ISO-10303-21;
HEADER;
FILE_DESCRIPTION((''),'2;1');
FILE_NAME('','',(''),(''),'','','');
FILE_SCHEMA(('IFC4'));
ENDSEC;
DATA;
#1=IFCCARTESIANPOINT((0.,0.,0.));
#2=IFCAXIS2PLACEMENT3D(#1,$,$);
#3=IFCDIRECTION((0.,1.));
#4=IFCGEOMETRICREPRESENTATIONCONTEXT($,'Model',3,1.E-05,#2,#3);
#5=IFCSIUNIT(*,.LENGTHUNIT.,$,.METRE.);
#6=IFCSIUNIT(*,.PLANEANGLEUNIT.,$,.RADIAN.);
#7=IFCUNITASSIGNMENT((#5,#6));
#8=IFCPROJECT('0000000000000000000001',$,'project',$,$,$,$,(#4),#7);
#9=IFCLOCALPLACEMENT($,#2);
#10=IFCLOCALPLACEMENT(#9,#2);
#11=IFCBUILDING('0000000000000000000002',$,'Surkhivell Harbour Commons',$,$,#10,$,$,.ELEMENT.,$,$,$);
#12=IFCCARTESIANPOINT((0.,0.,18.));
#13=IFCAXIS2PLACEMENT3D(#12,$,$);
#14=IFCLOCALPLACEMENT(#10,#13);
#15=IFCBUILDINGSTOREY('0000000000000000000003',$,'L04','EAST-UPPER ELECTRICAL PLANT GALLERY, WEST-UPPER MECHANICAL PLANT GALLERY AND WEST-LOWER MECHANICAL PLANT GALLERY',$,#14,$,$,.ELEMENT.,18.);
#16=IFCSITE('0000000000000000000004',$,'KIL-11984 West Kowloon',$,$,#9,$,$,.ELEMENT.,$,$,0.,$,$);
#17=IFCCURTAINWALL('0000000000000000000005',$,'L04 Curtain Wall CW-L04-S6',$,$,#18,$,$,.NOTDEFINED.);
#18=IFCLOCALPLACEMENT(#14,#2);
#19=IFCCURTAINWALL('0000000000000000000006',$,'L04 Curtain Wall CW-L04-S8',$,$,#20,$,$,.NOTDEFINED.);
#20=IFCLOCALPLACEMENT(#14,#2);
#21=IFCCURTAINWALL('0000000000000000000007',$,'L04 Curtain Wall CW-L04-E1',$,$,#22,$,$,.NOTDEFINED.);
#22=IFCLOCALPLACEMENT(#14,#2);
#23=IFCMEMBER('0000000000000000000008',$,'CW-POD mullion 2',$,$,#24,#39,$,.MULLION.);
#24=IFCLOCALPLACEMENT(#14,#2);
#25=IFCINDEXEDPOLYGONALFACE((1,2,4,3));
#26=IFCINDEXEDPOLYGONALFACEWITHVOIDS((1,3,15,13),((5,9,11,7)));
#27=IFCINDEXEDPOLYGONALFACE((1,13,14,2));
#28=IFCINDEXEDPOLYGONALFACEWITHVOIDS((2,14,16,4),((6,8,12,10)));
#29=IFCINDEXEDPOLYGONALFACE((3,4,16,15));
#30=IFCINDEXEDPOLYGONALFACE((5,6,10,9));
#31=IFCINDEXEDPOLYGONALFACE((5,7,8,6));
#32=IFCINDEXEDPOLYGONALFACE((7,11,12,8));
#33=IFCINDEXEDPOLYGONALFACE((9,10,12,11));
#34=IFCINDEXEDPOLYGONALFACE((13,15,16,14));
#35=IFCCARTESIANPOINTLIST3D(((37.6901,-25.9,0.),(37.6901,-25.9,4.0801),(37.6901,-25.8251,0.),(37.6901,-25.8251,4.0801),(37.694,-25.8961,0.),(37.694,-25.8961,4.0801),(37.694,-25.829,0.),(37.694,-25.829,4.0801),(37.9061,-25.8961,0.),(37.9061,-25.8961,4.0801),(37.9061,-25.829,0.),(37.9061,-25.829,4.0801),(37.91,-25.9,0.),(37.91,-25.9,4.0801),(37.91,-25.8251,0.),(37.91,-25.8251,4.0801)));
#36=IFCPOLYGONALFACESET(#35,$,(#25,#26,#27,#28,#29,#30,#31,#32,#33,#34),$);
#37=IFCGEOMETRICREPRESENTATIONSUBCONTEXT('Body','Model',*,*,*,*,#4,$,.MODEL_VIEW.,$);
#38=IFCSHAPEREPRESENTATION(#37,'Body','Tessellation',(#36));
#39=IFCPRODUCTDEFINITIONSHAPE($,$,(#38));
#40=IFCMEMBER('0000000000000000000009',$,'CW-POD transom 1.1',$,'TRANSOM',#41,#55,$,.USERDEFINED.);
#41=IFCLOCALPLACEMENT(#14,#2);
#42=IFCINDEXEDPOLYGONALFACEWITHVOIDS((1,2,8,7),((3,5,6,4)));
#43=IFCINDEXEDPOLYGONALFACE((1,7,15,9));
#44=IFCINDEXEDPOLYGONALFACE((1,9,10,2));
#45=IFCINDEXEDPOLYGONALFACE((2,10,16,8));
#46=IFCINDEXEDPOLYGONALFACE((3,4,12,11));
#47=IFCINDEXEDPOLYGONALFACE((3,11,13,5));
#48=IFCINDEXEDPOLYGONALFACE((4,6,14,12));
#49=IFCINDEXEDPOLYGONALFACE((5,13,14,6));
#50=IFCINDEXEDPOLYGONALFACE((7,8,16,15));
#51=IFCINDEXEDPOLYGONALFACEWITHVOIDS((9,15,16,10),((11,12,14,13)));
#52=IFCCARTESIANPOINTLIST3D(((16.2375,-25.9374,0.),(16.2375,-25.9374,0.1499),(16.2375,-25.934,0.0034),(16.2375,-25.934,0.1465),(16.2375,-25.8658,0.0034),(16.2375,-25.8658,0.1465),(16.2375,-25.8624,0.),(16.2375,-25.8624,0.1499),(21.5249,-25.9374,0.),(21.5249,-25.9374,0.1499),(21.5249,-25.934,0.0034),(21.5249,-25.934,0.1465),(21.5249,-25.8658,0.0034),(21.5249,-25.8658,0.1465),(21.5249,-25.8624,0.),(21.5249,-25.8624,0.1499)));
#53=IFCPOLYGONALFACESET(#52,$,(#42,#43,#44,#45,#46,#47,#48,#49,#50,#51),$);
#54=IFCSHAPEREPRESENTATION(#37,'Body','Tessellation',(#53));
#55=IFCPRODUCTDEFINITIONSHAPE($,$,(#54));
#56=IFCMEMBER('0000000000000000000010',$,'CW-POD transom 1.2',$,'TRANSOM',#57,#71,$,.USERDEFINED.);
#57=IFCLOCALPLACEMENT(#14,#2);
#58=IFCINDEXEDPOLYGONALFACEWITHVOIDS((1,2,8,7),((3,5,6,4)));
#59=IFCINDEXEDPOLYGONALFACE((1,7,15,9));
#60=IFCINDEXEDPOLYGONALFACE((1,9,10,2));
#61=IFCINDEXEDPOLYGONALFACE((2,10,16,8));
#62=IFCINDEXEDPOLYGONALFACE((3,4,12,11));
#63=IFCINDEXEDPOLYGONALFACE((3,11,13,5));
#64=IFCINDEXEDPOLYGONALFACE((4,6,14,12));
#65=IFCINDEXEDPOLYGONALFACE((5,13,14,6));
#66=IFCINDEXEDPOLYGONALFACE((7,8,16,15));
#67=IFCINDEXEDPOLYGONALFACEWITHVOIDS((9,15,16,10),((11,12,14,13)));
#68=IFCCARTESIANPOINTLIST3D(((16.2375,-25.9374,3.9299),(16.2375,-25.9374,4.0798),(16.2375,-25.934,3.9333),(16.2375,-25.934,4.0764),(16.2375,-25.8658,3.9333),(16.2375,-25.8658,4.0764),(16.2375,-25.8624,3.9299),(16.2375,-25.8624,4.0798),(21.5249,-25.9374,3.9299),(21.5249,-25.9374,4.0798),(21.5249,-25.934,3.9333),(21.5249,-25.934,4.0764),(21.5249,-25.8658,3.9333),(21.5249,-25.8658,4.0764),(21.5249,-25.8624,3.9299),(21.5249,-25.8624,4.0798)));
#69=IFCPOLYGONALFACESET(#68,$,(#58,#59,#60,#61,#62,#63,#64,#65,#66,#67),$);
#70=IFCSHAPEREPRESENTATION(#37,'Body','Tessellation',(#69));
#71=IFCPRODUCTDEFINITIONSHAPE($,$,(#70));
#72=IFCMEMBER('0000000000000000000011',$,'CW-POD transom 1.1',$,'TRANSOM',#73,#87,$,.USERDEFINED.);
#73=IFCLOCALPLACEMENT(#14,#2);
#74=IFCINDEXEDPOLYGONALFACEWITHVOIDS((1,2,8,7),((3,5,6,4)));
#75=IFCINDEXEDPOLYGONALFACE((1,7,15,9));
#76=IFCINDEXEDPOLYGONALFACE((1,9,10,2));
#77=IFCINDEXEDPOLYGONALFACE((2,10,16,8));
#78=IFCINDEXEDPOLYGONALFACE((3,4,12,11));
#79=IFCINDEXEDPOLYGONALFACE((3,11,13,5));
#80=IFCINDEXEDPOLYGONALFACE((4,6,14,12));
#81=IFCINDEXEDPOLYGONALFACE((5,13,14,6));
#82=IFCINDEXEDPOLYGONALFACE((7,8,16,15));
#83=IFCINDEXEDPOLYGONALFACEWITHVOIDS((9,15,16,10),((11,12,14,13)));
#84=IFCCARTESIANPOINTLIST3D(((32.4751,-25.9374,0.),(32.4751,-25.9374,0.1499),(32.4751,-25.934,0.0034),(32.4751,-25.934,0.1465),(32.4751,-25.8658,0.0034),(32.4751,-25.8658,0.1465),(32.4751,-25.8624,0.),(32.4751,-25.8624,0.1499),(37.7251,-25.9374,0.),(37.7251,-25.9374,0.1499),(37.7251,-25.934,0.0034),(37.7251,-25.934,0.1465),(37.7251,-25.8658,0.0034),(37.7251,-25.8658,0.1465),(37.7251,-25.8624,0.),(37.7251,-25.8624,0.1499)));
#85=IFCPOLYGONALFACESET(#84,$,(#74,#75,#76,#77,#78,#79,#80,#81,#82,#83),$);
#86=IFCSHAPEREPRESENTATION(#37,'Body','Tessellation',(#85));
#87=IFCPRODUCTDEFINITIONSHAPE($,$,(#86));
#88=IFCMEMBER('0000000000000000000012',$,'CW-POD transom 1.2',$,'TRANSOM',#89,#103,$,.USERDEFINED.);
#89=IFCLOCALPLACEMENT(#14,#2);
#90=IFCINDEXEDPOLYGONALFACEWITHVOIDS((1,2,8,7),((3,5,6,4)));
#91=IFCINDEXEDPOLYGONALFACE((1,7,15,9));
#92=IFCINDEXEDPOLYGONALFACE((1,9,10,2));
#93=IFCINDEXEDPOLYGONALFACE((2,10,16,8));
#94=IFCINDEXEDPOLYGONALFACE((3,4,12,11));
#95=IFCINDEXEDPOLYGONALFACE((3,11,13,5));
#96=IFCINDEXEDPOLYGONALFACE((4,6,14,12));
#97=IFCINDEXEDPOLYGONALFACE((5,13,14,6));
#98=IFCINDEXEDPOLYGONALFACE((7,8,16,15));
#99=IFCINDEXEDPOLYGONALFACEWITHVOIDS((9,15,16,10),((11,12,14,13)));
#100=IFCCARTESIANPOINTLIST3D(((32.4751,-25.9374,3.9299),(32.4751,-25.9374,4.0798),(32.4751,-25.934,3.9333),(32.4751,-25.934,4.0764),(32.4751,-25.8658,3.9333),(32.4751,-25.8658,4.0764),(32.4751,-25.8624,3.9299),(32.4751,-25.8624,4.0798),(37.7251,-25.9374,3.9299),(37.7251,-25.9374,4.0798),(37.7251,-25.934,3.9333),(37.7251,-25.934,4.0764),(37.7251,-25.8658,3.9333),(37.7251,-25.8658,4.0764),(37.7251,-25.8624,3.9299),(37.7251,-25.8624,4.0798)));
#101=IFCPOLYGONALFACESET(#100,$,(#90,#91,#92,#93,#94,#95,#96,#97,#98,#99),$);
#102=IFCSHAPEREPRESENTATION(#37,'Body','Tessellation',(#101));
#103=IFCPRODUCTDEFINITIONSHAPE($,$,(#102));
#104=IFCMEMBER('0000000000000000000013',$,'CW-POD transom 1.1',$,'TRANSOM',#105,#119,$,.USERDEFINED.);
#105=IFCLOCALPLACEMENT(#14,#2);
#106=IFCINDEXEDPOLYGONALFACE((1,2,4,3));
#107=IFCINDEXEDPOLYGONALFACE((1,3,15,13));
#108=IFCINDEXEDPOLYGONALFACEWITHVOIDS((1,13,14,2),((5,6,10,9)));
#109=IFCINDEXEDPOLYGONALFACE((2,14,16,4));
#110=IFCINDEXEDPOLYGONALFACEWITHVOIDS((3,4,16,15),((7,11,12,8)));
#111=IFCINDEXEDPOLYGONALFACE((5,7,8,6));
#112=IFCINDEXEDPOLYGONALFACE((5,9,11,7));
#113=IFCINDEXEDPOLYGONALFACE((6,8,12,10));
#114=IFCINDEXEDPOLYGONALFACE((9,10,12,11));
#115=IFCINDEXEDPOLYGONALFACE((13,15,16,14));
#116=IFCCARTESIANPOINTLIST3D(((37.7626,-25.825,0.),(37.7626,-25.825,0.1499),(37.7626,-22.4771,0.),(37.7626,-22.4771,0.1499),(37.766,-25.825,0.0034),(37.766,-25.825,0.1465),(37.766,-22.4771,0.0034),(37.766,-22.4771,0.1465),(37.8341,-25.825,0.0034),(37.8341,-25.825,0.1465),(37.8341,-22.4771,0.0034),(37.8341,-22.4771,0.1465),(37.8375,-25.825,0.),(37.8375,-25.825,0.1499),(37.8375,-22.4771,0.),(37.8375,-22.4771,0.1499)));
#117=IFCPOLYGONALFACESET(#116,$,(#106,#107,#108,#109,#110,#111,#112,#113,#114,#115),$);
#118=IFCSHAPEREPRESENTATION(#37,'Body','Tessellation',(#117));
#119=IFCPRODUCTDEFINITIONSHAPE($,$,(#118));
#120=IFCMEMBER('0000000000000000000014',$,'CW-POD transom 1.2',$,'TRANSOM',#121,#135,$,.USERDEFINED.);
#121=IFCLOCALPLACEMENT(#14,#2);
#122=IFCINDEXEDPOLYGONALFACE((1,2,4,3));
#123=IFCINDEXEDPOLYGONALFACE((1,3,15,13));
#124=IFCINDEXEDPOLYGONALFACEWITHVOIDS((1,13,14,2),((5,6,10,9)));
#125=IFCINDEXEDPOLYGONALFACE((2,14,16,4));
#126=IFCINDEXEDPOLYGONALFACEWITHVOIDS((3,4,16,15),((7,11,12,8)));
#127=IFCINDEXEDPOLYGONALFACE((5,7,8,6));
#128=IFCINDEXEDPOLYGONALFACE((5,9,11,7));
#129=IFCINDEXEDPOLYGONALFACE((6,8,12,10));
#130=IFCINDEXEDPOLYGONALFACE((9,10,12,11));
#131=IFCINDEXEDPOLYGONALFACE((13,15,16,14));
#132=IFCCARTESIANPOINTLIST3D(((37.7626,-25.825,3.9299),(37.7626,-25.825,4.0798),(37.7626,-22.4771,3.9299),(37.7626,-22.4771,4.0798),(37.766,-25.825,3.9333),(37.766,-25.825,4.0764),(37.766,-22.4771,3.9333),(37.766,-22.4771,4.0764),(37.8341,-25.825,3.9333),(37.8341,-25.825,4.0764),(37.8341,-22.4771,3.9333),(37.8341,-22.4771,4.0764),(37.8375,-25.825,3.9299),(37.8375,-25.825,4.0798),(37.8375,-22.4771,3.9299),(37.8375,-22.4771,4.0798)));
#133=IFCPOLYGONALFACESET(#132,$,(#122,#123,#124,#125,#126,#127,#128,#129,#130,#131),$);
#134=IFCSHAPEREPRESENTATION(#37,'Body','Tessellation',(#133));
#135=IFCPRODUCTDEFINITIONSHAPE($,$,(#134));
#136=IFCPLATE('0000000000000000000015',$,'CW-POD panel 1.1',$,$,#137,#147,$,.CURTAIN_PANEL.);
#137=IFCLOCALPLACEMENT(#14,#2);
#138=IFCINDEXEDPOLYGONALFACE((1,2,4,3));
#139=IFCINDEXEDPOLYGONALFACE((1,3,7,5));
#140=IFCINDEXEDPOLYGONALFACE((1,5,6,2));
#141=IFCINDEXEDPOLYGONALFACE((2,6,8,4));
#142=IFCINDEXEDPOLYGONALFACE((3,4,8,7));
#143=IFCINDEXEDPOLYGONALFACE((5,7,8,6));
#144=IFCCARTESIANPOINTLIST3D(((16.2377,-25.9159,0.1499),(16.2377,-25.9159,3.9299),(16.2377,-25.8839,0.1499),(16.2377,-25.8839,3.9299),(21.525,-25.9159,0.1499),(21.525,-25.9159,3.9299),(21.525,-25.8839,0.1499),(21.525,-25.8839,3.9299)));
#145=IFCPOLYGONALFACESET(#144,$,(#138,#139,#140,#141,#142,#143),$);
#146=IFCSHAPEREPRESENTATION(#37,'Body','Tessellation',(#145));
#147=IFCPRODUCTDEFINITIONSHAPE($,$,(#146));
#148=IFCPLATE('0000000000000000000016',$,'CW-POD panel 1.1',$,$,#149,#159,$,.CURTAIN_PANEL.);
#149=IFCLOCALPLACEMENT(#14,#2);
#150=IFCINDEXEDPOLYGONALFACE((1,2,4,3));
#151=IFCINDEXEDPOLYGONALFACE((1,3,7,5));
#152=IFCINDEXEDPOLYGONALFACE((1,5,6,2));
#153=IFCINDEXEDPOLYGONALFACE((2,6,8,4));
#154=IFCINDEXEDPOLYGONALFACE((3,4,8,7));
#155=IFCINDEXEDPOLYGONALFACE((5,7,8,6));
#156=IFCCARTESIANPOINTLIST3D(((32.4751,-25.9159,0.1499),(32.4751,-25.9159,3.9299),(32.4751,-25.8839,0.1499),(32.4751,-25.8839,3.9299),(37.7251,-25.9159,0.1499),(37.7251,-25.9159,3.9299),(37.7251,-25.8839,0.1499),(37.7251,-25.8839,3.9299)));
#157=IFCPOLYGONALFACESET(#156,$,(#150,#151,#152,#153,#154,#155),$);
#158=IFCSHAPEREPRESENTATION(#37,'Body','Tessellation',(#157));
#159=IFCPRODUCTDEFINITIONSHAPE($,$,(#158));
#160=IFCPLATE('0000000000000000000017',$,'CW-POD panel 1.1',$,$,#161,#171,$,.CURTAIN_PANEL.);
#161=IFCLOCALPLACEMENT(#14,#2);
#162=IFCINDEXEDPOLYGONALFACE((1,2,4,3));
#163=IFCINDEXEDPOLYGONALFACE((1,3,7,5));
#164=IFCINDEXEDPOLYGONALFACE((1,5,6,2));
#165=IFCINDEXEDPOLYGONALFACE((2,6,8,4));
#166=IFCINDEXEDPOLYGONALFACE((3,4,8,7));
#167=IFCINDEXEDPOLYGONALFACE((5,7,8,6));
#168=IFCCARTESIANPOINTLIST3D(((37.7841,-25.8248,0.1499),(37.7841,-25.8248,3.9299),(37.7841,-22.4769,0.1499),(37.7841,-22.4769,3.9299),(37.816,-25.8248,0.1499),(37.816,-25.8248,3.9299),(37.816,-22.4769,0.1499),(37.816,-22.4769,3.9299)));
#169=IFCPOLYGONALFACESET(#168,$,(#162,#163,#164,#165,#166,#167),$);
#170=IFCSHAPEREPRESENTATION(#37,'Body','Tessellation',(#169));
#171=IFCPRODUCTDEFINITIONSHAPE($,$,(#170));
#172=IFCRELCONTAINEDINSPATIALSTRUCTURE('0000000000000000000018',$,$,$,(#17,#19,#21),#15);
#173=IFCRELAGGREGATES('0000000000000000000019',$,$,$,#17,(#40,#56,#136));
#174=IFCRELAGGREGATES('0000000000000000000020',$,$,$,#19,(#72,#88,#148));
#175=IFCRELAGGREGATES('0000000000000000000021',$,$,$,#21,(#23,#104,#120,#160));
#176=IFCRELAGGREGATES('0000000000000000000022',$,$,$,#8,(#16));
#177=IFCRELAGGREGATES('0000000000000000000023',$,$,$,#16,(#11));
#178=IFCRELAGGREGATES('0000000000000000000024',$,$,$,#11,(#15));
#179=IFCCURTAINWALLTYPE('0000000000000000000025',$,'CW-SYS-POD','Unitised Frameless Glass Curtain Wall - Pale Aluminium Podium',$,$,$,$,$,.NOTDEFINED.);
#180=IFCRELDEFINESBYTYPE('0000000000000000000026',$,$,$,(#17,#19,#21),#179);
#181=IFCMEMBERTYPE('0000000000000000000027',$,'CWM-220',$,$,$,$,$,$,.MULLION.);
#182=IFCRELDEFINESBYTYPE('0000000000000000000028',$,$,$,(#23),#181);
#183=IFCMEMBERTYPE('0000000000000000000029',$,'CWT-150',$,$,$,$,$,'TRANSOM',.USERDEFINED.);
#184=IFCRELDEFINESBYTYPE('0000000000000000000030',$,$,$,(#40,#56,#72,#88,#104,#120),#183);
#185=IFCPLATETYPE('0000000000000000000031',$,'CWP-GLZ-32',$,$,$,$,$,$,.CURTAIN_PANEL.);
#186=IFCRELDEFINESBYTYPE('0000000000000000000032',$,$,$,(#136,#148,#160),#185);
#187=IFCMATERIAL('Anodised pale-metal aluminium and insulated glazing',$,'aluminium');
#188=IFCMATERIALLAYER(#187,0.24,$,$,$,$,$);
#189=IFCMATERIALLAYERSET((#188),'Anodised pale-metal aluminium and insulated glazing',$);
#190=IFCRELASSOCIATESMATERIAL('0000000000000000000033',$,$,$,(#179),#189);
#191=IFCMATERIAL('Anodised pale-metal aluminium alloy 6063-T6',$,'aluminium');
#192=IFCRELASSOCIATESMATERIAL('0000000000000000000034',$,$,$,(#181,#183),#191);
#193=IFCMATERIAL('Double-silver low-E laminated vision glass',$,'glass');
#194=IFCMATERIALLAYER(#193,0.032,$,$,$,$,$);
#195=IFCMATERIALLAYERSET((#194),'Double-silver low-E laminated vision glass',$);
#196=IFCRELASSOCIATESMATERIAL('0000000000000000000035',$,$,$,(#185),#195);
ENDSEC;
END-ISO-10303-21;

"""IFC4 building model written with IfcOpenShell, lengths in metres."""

from ifc_helpers import new_model, si_unit, direction, frame, frame_2d, origin, origin_2d, place, context, subcontext, project, spatial, rectangle, hollow_rectangle, extrude, material, layer, layer_set, material_profile, profile_set, type_object, element, aggregate, save


model = new_model("IFC4")

# Units and contexts
model_context = context("Model", 3, precision=1e-05, world=origin(), true_north=direction((0.0, 1.0)))
body_context = subcontext(model_context, "Body", "Model", "MODEL_VIEW")
ifc_project = project(units=[si_unit("LENGTHUNIT", "METRE"), si_unit("PLANEANGLEUNIT", "RADIAN")], contexts=[model_context])

# Site, building, storey
site_placement = place(None, origin())
site = spatial("IfcSite", under=ifc_project, at=site_placement, Name="KIL-11984 West Kowloon", CompositionType="ELEMENT", RefElevation=0.0)
building_placement = place(site_placement, origin())
building = spatial("IfcBuilding", under=site, at=building_placement, Name="Surkhivell Harbour Commons", CompositionType="ELEMENT")
storey_placement = place(building_placement, frame((0.0, 0.0, 18.0)))
storey = spatial("IfcBuildingStorey", under=building, at=storey_placement, Name="L04", Description="EAST-UPPER ELECTRICAL PLANT GALLERY, WEST-UPPER MECHANICAL PLANT GALLERY AND WEST-LOWER MECHANICAL PLANT GALLERY", CompositionType="ELEMENT", Elevation=18.0)

# Curtain walls, member
ifc_material_1 = material(Name="Anodised pale-metal aluminium and insulated glazing", Category="aluminium")
ifc_layer_1 = layer(ifc_material_1, 0.24)
ifc_layer_set_1 = layer_set([ifc_layer_1], Name="Anodised pale-metal aluminium and insulated glazing")
curtain_wall_type = type_object("IfcCurtainWallType", Name="CW-SYS-POD", Description="Unitised Frameless Glass Curtain Wall - Pale Aluminium Podium", PredefinedType="NOTDEFINED", material=ifc_layer_set_1)
curtain_wall_1_placement = place(storey_placement, origin())
curtain_wall_1 = element("IfcCurtainWall", 1, at=curtain_wall_1_placement, inside=storey, type_object=curtain_wall_type, Name="L04 Curtain Wall CW-L04-S6", PredefinedType="NOTDEFINED")
ifc_material_2 = material(Name="Anodised pale-metal aluminium alloy 6063-T6", Category="aluminium")
ifc_material_profile_1 = material_profile(ifc_material_2, hollow_rectangle(XDim=0.075, YDim=0.22, WallThickness=0.0039, at=origin_2d()), Name="ALU-MULL-75x220")
ifc_profile_set_1 = profile_set([ifc_material_profile_1], Name="Anodised pale-metal aluminium alloy 6063-T6")
member_type_1 = type_object("IfcMemberType", Name="CWM-220", PredefinedType="MULLION", material=ifc_profile_set_1)
curtain_wall_2_placement = place(storey_placement, origin())
curtain_wall_2 = element("IfcCurtainWall", 2, at=curtain_wall_2_placement, inside=storey, type_object=curtain_wall_type, Name="L04 Curtain Wall CW-L04-S8", PredefinedType="NOTDEFINED")
curtain_wall_3_placement = place(storey_placement, origin())
curtain_wall_3 = element("IfcCurtainWall", 3, at=curtain_wall_3_placement, inside=storey, type_object=curtain_wall_type, Name="L04 Curtain Wall CW-L04-E1", PredefinedType="NOTDEFINED")
member_1_placement = place(storey_placement, frame((37.8, -25.8625, 0.0), z_axis=(0.0, 0.0, 1.0), x_axis=(0.0, -1.0, 0.0)))
member_1 = element("IfcMember", 4, at=member_1_placement, type_object=member_type_1, Name="CW-POD mullion 2", PredefinedType="MULLION", context=body_context, shape_type="SweptSolid", body=[
    extrude(hollow_rectangle(XDim=0.075, YDim=0.22, WallThickness=0.0039, at=origin_2d()), origin(), (0.0, 0.0, 1.0), 4.0801),
])

# Members
ifc_material_profile_2 = material_profile(ifc_material_2, hollow_rectangle(XDim=0.075, YDim=0.1499, WallThickness=0.0034, at=origin_2d()), Name="ALU-TRAN-75x150")
ifc_profile_set_2 = profile_set([ifc_material_profile_2], Name="Anodised pale-metal aluminium alloy 6063-T6")
member_type_2 = type_object("IfcMemberType", Name="CWT-150", ElementType="TRANSOM", PredefinedType="USERDEFINED", material=ifc_profile_set_2)
member_2_placement = place(storey_placement, frame((21.5249, -25.8999, 0.075), z_axis=(-1.0, 0.0, 0.0), x_axis=(0.0, -1.0, 0.0)))
member_2 = element("IfcMember", 5, at=member_2_placement, type_object=member_type_2, Name="CW-POD transom 1.1", ObjectType="TRANSOM", PredefinedType="USERDEFINED", context=body_context, shape_type="SweptSolid", body=[
    extrude(hollow_rectangle(XDim=0.075, YDim=0.1499, WallThickness=0.0034, at=origin_2d()), origin(), (0.0, 0.0, 1.0), 5.2874),
])
member_3_placement = place(storey_placement, frame((21.5249, -25.8999, 4.0049), z_axis=(-1.0, 0.0, 0.0), x_axis=(0.0, -1.0, 0.0)))
member_3 = element("IfcMember", 6, at=member_3_placement, type_object=member_type_2, Name="CW-POD transom 1.2", ObjectType="TRANSOM", PredefinedType="USERDEFINED", context=body_context, shape_type="SweptSolid", body=[
    extrude(hollow_rectangle(XDim=0.075, YDim=0.1499, WallThickness=0.0034, at=origin_2d()), origin(), (0.0, 0.0, 1.0), 5.2874),
])
member_4_placement = place(storey_placement, frame((37.7251, -25.8999, 0.075), z_axis=(-1.0, 0.0, 0.0), x_axis=(0.0, -1.0, 0.0)))
member_4 = element("IfcMember", 7, at=member_4_placement, type_object=member_type_2, Name="CW-POD transom 1.1", ObjectType="TRANSOM", PredefinedType="USERDEFINED", context=body_context, shape_type="SweptSolid", body=[
    extrude(hollow_rectangle(XDim=0.075, YDim=0.1499, WallThickness=0.0034, at=origin_2d()), origin(), (0.0, 0.0, 1.0), 5.25),
])
member_5_placement = place(storey_placement, frame((37.7251, -25.8999, 4.0049), z_axis=(-1.0, 0.0, 0.0), x_axis=(0.0, -1.0, 0.0)))
member_5 = element("IfcMember", 8, at=member_5_placement, type_object=member_type_2, Name="CW-POD transom 1.2", ObjectType="TRANSOM", PredefinedType="USERDEFINED", context=body_context, shape_type="SweptSolid", body=[
    extrude(hollow_rectangle(XDim=0.075, YDim=0.1499, WallThickness=0.0034, at=origin_2d()), origin(), (0.0, 0.0, 1.0), 5.25),
])
member_6_placement = place(storey_placement, frame((37.8, -22.4771, 0.075), z_axis=(0.0, -1.0, 0.0), x_axis=(1.0, 0.0, 0.0)))
member_6 = element("IfcMember", 9, at=member_6_placement, type_object=member_type_2, Name="CW-POD transom 1.1", ObjectType="TRANSOM", PredefinedType="USERDEFINED", context=body_context, shape_type="SweptSolid", body=[
    extrude(hollow_rectangle(XDim=0.075, YDim=0.1499, WallThickness=0.0034, at=origin_2d()), origin(), (0.0, 0.0, 1.0), 3.3479),
])
member_7_placement = place(storey_placement, frame((37.8, -22.4771, 4.0049), z_axis=(0.0, -1.0, 0.0), x_axis=(1.0, 0.0, 0.0)))
member_7 = element("IfcMember", 10, at=member_7_placement, type_object=member_type_2, Name="CW-POD transom 1.2", ObjectType="TRANSOM", PredefinedType="USERDEFINED", context=body_context, shape_type="SweptSolid", body=[
    extrude(hollow_rectangle(XDim=0.075, YDim=0.1499, WallThickness=0.0034, at=origin_2d()), origin(), (0.0, 0.0, 1.0), 3.3479),
])

# Plates
ifc_material_3 = material(Name="Double-silver low-E laminated vision glass", Category="glass")
ifc_layer_2 = layer(ifc_material_3, 0.032)
ifc_layer_set_2 = layer_set([ifc_layer_2], Name="Double-silver low-E laminated vision glass")
plate_type = type_object("IfcPlateType", Name="CWP-GLZ-32", PredefinedType="CURTAIN_PANEL", material=ifc_layer_set_2)
plate_1_placement = place(storey_placement, frame((21.5249, -25.8999, 0.1499), z_axis=(0.0, 0.0, 1.0), x_axis=(-1.0, 0.0, 0.0)))
plate_1 = element("IfcPlate", 11, at=plate_1_placement, type_object=plate_type, Name="CW-POD panel 1.1", PredefinedType="CURTAIN_PANEL", context=body_context, shape_type="SweptSolid", body=[
    extrude(rectangle(XDim=5.2874, YDim=0.032, at=frame_2d((2.6436, 0.0))), origin(), (0.0, 0.0, 1.0), 3.78),
])
aggregate(curtain_wall_1, [member_2, member_3, plate_1])
plate_2_placement = place(storey_placement, frame((37.7251, -25.8999, 0.1499), z_axis=(0.0, 0.0, 1.0), x_axis=(-1.0, 0.0, 0.0)))
plate_2 = element("IfcPlate", 12, at=plate_2_placement, type_object=plate_type, Name="CW-POD panel 1.1", PredefinedType="CURTAIN_PANEL", context=body_context, shape_type="SweptSolid", body=[
    extrude(rectangle(XDim=5.25, YDim=0.032, at=frame_2d((2.625, 0.0))), origin(), (0.0, 0.0, 1.0), 3.78),
])
aggregate(curtain_wall_2, [member_4, member_5, plate_2])
plate_3_placement = place(storey_placement, frame((37.8, -22.4771, 0.1499), z_axis=(0.0, 0.0, 1.0), x_axis=(0.0, -1.0, 0.0)))
plate_3 = element("IfcPlate", 13, at=plate_3_placement, type_object=plate_type, Name="CW-POD panel 1.1", PredefinedType="CURTAIN_PANEL", context=body_context, shape_type="SweptSolid", body=[
    extrude(rectangle(XDim=3.3479, YDim=0.032, at=frame_2d((1.6738, 0.0))), origin(), (0.0, 0.0, 1.0), 3.78),
])
aggregate(curtain_wall_3, [member_1, member_6, member_7, plate_3])

save(model, "model.ifc")
